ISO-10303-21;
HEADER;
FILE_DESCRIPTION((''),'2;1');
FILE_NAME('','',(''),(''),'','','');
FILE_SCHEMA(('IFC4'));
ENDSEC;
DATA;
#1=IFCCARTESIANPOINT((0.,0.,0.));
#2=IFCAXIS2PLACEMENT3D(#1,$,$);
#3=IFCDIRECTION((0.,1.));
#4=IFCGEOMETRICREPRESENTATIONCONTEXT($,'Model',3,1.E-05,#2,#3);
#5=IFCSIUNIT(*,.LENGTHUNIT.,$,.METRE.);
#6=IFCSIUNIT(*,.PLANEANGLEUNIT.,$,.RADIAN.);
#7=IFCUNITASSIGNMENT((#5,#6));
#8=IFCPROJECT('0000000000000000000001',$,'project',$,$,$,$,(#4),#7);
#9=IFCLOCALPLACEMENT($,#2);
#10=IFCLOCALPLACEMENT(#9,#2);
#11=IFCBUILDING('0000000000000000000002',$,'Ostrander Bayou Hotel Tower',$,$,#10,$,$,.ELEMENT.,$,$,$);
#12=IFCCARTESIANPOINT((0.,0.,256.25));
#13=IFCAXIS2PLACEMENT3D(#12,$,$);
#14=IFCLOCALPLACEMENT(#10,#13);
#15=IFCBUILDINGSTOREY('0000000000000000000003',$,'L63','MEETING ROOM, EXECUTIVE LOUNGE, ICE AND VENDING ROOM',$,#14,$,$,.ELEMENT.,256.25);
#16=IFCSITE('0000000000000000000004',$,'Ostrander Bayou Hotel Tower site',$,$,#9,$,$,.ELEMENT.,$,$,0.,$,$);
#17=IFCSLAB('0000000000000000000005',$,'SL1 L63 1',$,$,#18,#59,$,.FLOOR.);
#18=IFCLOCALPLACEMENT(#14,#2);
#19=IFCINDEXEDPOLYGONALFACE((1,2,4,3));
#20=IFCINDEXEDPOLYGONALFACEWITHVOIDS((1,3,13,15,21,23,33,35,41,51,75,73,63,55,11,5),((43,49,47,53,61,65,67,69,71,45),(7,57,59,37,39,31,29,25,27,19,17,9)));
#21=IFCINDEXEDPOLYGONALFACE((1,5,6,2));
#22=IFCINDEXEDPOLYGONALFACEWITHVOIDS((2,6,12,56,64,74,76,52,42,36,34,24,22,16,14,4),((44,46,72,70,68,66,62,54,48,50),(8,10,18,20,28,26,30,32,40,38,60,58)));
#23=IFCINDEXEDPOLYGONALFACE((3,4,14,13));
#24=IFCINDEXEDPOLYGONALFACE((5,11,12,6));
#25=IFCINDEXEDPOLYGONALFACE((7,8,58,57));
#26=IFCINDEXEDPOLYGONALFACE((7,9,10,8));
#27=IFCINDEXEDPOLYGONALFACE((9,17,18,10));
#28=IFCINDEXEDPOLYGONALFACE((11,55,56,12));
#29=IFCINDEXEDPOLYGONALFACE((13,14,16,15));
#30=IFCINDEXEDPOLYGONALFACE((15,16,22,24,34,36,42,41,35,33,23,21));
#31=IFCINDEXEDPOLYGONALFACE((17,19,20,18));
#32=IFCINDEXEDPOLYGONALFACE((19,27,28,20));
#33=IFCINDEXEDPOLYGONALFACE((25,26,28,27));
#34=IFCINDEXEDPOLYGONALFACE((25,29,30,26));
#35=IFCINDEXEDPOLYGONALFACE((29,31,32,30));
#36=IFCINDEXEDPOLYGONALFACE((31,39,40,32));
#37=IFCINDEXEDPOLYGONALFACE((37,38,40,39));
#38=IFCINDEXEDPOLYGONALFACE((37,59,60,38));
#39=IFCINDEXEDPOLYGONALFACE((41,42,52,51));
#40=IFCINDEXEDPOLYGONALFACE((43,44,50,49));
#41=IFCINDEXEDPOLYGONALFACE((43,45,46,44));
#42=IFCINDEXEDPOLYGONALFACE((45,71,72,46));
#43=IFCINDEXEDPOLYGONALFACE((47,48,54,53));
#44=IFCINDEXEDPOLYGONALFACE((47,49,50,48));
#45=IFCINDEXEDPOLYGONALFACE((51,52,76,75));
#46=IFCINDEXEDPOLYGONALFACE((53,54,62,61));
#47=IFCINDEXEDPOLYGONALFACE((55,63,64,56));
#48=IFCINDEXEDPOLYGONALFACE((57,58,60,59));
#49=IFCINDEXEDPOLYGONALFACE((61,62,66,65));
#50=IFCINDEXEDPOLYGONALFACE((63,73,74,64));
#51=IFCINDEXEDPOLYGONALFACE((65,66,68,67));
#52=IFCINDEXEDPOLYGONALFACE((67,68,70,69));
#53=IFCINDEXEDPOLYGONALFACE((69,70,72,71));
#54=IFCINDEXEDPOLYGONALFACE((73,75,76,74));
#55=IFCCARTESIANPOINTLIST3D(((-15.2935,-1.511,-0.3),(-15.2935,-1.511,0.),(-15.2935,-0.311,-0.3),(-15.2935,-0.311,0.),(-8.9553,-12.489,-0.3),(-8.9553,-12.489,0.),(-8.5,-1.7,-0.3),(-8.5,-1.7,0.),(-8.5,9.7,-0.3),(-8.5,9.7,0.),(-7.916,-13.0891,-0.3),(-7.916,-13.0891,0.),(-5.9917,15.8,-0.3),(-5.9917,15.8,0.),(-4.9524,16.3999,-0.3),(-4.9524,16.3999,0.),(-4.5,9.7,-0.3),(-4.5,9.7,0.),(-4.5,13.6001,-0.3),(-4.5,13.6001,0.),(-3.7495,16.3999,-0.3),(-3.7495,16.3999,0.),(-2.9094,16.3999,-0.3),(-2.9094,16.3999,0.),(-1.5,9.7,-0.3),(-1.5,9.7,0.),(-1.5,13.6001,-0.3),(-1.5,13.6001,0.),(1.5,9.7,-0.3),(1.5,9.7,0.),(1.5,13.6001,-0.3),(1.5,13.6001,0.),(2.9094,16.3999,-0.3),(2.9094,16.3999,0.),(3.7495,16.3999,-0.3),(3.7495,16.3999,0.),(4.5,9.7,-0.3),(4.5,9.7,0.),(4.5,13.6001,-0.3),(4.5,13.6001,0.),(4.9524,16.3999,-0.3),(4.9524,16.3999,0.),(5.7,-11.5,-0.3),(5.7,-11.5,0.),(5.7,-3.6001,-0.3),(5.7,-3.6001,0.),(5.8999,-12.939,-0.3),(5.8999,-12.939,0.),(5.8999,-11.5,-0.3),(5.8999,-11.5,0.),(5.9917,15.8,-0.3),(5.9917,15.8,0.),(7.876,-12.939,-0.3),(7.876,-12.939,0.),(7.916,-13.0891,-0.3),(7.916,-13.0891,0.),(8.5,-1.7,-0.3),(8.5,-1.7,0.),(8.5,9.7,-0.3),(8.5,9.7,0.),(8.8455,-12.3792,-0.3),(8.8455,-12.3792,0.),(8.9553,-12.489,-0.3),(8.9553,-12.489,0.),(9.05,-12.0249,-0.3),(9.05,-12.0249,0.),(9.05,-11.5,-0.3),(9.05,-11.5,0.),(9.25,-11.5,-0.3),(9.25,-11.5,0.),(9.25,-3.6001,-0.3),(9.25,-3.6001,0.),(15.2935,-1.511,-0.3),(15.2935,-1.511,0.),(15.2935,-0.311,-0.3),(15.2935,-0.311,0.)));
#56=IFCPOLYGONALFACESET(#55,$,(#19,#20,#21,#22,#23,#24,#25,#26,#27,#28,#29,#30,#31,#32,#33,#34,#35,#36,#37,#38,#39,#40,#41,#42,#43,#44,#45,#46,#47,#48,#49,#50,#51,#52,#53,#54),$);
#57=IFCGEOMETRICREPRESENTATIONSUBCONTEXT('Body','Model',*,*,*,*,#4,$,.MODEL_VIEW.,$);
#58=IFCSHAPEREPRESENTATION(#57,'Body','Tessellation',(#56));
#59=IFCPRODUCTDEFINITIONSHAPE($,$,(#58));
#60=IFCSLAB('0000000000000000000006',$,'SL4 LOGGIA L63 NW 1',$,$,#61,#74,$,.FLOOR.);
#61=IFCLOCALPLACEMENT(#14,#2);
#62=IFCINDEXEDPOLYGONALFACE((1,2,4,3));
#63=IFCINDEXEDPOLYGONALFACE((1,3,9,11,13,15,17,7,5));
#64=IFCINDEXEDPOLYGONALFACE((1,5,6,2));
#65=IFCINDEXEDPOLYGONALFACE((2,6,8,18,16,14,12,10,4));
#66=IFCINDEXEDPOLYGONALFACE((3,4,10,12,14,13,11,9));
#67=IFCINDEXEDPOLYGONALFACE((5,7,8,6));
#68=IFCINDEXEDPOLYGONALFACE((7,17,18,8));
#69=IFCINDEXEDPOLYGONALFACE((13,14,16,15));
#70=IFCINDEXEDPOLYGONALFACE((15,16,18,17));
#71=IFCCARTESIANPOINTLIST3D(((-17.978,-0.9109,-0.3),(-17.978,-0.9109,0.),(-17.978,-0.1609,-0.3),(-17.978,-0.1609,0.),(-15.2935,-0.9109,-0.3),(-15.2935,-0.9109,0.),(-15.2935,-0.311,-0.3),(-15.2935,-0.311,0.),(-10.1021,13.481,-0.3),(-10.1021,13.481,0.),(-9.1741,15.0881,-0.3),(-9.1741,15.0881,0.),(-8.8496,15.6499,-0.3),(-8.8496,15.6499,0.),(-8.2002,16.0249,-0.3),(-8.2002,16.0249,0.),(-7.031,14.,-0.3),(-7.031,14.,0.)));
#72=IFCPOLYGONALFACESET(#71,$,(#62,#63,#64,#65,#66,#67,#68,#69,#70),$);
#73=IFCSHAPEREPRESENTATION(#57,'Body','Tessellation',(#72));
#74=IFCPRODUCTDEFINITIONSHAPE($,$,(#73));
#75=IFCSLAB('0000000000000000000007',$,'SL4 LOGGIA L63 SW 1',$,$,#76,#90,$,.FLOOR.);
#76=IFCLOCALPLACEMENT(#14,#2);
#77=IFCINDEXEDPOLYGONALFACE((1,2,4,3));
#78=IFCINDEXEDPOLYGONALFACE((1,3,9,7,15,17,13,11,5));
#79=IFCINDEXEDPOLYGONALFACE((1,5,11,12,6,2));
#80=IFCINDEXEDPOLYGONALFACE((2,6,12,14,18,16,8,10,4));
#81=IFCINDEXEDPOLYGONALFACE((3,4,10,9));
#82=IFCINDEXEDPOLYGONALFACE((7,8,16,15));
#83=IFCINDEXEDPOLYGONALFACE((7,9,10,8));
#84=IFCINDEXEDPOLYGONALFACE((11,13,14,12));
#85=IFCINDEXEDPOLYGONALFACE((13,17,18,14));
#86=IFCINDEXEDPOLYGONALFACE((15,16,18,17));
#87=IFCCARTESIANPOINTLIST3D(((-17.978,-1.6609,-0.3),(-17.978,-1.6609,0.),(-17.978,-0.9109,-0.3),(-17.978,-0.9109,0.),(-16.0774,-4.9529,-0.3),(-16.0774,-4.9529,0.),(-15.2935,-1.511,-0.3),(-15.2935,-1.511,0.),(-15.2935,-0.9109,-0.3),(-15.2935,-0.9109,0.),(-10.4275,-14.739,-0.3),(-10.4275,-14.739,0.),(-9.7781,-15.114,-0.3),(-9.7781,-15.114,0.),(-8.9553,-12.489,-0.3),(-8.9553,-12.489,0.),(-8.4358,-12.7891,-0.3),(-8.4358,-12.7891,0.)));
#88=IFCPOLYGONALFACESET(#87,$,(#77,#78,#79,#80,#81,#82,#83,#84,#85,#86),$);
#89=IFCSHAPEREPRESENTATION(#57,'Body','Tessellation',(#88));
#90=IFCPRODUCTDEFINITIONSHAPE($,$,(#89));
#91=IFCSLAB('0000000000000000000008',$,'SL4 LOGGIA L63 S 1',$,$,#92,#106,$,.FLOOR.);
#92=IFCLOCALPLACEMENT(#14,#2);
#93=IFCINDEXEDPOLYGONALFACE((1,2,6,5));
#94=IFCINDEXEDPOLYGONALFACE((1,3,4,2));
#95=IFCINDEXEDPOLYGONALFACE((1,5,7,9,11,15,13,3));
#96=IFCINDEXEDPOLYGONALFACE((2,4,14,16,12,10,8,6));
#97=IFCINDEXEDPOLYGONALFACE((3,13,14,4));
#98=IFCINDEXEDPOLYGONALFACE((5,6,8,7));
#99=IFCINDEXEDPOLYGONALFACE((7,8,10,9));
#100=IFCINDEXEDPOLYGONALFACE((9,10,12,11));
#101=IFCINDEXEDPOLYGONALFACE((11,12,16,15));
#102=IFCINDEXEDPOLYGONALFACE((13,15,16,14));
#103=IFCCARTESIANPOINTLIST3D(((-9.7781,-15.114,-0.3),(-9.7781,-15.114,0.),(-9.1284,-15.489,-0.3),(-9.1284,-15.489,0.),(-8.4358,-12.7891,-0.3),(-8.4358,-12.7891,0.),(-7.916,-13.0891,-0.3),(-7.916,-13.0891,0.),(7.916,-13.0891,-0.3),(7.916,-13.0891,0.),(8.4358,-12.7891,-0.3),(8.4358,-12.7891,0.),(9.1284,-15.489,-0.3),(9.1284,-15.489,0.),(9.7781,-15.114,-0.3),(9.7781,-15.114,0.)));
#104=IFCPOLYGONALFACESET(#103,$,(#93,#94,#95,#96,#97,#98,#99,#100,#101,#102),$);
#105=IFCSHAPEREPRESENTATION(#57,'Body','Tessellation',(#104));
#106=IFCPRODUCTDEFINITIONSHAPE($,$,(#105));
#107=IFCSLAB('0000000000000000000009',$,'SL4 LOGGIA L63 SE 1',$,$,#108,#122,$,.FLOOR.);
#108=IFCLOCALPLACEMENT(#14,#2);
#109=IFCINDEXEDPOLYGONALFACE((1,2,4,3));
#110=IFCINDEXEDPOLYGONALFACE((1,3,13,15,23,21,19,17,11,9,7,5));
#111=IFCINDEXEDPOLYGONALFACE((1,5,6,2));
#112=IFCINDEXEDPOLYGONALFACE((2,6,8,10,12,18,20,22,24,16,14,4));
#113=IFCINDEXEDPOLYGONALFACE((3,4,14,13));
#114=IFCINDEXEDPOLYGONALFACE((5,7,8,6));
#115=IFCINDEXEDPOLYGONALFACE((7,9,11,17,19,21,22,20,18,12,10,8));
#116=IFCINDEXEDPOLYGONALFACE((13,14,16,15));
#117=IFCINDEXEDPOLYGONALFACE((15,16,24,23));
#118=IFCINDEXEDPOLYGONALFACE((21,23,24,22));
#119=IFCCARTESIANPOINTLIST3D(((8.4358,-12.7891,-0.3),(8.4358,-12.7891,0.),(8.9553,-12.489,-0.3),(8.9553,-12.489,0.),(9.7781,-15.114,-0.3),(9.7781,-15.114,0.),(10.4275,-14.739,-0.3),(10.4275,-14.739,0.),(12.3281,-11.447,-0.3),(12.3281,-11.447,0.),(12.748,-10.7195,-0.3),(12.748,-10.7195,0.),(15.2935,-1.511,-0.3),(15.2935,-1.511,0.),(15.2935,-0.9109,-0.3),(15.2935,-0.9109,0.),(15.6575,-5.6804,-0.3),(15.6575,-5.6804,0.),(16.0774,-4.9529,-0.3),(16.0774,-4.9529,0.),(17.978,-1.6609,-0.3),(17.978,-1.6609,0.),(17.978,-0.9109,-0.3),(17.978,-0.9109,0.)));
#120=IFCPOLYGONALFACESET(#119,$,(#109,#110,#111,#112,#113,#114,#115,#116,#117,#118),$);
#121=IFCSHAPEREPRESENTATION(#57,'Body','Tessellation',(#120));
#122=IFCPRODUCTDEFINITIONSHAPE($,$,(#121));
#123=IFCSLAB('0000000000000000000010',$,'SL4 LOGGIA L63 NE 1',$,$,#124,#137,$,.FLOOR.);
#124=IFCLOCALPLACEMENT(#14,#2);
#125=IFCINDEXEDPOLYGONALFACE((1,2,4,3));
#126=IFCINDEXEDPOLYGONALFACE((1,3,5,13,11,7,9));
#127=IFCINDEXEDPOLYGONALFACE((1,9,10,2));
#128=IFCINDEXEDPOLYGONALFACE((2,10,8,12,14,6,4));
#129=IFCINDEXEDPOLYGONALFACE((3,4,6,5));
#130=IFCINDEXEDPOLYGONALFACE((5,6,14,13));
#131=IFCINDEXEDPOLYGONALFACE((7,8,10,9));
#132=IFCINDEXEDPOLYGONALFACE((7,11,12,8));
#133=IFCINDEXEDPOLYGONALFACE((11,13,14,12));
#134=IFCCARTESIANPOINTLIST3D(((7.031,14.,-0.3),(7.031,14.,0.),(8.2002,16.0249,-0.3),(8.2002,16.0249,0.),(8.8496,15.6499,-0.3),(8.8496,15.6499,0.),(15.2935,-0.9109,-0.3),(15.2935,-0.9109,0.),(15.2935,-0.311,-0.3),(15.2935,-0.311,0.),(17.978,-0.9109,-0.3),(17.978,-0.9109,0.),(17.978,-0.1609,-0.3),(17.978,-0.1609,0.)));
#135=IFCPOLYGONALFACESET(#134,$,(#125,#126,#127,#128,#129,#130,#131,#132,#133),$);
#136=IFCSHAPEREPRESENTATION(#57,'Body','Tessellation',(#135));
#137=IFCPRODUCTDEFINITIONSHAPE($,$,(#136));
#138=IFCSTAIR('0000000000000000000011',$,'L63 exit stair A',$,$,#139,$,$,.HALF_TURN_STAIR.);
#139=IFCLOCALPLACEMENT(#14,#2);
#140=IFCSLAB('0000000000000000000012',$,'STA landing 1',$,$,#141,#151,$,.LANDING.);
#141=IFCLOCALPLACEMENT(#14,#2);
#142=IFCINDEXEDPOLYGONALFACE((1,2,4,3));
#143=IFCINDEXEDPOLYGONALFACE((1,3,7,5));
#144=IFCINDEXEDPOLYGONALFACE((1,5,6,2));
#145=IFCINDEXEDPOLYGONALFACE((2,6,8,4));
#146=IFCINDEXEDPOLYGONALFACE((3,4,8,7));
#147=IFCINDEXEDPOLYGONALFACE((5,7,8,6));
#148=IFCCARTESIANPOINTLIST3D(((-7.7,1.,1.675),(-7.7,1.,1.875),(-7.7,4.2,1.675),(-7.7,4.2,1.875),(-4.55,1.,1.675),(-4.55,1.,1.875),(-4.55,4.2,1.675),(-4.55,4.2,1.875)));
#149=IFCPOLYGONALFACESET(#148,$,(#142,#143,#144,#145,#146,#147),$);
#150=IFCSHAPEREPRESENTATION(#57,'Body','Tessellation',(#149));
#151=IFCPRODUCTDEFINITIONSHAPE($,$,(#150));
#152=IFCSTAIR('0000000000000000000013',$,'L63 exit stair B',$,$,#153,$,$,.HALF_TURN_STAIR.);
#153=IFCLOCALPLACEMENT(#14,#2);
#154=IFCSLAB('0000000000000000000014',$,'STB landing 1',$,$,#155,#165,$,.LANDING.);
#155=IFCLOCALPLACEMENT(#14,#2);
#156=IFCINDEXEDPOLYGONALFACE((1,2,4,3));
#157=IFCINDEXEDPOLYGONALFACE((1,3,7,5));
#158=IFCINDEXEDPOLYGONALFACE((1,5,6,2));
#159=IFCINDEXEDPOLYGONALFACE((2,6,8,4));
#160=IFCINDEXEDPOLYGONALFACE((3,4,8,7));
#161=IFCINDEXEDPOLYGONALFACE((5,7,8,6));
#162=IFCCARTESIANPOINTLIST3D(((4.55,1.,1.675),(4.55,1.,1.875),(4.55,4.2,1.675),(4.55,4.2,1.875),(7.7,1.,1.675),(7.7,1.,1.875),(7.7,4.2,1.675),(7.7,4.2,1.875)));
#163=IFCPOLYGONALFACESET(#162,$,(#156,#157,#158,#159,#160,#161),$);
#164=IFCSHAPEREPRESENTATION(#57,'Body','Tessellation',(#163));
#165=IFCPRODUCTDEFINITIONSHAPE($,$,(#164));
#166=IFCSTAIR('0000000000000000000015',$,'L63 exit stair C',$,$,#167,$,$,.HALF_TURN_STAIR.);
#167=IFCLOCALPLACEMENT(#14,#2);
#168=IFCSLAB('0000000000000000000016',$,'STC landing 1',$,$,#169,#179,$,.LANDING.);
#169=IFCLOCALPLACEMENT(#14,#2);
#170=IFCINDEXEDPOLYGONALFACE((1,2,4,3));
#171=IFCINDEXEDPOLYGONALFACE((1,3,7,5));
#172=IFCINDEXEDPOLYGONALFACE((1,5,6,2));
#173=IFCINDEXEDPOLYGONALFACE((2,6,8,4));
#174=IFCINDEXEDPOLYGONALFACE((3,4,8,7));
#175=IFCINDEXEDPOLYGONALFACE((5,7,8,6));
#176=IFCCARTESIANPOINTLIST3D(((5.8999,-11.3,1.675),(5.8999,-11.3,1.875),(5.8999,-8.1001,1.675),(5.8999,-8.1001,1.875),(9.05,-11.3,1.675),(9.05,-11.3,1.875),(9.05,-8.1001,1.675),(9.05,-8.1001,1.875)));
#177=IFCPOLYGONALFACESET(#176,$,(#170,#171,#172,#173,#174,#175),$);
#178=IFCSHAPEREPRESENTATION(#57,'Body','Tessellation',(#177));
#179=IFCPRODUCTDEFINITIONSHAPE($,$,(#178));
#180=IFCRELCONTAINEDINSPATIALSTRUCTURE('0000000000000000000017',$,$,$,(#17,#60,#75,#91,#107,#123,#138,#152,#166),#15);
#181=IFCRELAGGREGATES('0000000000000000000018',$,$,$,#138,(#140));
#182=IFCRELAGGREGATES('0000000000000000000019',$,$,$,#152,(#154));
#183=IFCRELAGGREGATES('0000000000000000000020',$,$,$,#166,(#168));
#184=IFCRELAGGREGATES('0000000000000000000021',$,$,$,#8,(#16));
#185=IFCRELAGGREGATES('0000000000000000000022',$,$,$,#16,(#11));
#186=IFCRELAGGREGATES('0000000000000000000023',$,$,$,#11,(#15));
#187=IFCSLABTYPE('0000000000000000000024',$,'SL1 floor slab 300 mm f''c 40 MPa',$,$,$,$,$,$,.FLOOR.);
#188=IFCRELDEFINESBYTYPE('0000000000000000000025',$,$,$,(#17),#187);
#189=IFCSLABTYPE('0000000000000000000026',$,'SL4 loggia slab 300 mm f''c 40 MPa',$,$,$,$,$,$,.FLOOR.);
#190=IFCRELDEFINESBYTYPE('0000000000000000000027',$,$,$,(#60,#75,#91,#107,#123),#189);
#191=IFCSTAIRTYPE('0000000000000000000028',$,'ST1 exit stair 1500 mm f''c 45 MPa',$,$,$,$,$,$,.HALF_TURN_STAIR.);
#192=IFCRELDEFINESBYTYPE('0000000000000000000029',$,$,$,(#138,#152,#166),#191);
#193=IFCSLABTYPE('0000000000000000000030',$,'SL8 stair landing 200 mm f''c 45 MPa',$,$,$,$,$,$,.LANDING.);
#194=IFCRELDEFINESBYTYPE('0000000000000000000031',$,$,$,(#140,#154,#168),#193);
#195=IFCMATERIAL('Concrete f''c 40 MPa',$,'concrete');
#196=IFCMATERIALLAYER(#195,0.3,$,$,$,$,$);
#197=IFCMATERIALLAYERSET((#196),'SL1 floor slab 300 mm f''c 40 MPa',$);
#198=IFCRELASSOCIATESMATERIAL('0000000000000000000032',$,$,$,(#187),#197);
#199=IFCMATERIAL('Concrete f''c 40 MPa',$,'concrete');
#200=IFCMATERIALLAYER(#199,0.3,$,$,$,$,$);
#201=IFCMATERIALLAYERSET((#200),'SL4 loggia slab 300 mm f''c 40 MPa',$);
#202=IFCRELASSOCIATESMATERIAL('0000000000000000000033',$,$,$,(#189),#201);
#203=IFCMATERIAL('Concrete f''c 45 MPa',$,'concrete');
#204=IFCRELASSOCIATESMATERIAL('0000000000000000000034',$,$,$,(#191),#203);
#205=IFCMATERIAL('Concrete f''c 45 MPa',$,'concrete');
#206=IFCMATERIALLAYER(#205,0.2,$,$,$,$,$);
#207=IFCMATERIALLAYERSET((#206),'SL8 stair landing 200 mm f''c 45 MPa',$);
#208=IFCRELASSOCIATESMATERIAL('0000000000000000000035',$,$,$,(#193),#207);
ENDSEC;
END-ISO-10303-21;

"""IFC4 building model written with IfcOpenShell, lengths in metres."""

from ifc_helpers import new_model, si_unit, direction, frame, origin, place, context, subcontext, project, spatial, polyline, outline, extrude, material, layer, layer_set, type_object, element, aggregate, save


model = new_model("IFC4")

# Units and contexts
model_context = context("Model", 3, precision=1e-05, world=origin(), true_north=direction((0.0, 1.0)))
body_context = subcontext(model_context, "Body", "Model", "MODEL_VIEW")
ifc_project = project(units=[si_unit("LENGTHUNIT", "METRE"), si_unit("PLANEANGLEUNIT", "RADIAN")], contexts=[model_context])

# Site, building, storey
site_placement = place(None, origin())
site = spatial("IfcSite", under=ifc_project, at=site_placement, Name="Ostrander Bayou Hotel Tower site", CompositionType="ELEMENT", RefElevation=0.0)
building_placement = place(site_placement, origin())
building = spatial("IfcBuilding", under=site, at=building_placement, Name="Ostrander Bayou Hotel Tower", CompositionType="ELEMENT")
storey_placement = place(building_placement, frame((0.0, 0.0, 256.25)))
storey = spatial("IfcBuildingStorey", under=building, at=storey_placement, Name="L63", Description="MEETING ROOM, EXECUTIVE LOUNGE, ICE AND VENDING ROOM", CompositionType="ELEMENT", Elevation=256.25)

# Slabs
ifc_material_1 = material(Name="Concrete f'c 40 MPa", Category="concrete")
ifc_layer_1 = layer(ifc_material_1, 0.3)
ifc_layer_set_1 = layer_set([ifc_layer_1], Name="SL1 floor slab 300 mm f'c 40 MPa")
slab_type_1 = type_object("IfcSlabType", Name="SL1 floor slab 300 mm f'c 40 MPa", PredefinedType="FLOOR", material=ifc_layer_set_1)
slab_1_placement = place(storey_placement, frame((0.0, 0.0, -0.3)))
element("IfcSlab", 1, at=slab_1_placement, inside=storey, type_object=slab_type_1, Name="SL1 L63 1", PredefinedType="FLOOR", context=body_context, shape_type="SweptSolid", body=[
    extrude(outline(polyline([(-2.9094, 16.3999), (2.9094, 16.3999), (3.7495, 16.3999), (4.9524, 16.3999), (5.9917, 15.8), (15.2935, -0.311), (15.2935, -1.511), (8.9553, -12.489), (7.916, -13.0891), (-7.916, -13.0891), (-8.9553, -12.489), (-15.2935, -1.511), (-15.2935, -0.311), (-5.9917, 15.8), (-4.9524, 16.3999), (-3.7495, 16.3999), (-2.9094, 16.3999)]), holes=[polyline([(9.05, -12.0249), (9.05, -11.5), (9.25, -11.5), (9.25, -3.6001), (5.7, -3.6001), (5.7, -11.5), (5.8999, -11.5), (5.8999, -12.939), (7.876, -12.939), (8.8455, -12.3792), (9.05, -12.0249)]), polyline([(-8.5, -1.7), (8.5, -1.7), (8.5, 9.7), (4.5, 9.7), (4.5, 13.6001), (1.5, 13.6001), (1.5, 9.7), (-1.5, 9.7), (-1.5, 13.6001), (-4.5, 13.6001), (-4.5, 9.7), (-8.5, 9.7), (-8.5, -1.7)])]), origin(), (0.0, 0.0, 1.0), 0.3),
])
ifc_material_2 = material(Name="Concrete f'c 40 MPa", Category="concrete")
ifc_layer_2 = layer(ifc_material_2, 0.3)
ifc_layer_set_2 = layer_set([ifc_layer_2], Name="SL4 loggia slab 300 mm f'c 40 MPa")
slab_type_2 = type_object("IfcSlabType", Name="SL4 loggia slab 300 mm f'c 40 MPa", PredefinedType="FLOOR", material=ifc_layer_set_2)
slab_2_placement = place(storey_placement, frame((0.0, 0.0, -0.3)))
element("IfcSlab", 2, at=slab_2_placement, inside=storey, type_object=slab_type_2, Name="SL4 LOGGIA L63 NW 1", PredefinedType="FLOOR", context=body_context, shape_type="SweptSolid", body=[
    extrude(outline(polyline([(-17.978, -0.9109), (-17.978, -0.1609), (-10.1021, 13.481), (-9.1741, 15.0881), (-8.8496, 15.6499), (-8.2002, 16.0249), (-7.031, 14.0), (-15.2935, -0.311), (-15.2935, -0.9109), (-17.978, -0.9109)])), origin(), (0.0, 0.0, 1.0), 0.3),
])
slab_3_placement = place(storey_placement, frame((0.0, 0.0, -0.3)))
element("IfcSlab", 3, at=slab_3_placement, inside=storey, type_object=slab_type_2, Name="SL4 LOGGIA L63 SW 1", PredefinedType="FLOOR", context=body_context, shape_type="SweptSolid", body=[
    extrude(outline(polyline([(-8.4358, -12.7891), (-9.7781, -15.114), (-10.4275, -14.739), (-16.0774, -4.9529), (-17.978, -1.6609), (-17.978, -0.9109), (-15.2935, -0.9109), (-15.2935, -1.511), (-8.9553, -12.489), (-8.4358, -12.7891)])), origin(), (0.0, 0.0, 1.0), 0.3),
])
slab_4_placement = place(storey_placement, frame((0.0, 0.0, -0.3)))
element("IfcSlab", 4, at=slab_4_placement, inside=storey, type_object=slab_type_2, Name="SL4 LOGGIA L63 S 1", PredefinedType="FLOOR", context=body_context, shape_type="SweptSolid", body=[
    extrude(outline(polyline([(8.4358, -12.7891), (9.7781, -15.114), (9.1284, -15.489), (-9.1284, -15.489), (-9.7781, -15.114), (-8.4358, -12.7891), (-7.916, -13.0891), (7.916, -13.0891), (8.4358, -12.7891)])), origin(), (0.0, 0.0, 1.0), 0.3),
])
slab_5_placement = place(storey_placement, frame((0.0, 0.0, -0.3)))
element("IfcSlab", 5, at=slab_5_placement, inside=storey, type_object=slab_type_2, Name="SL4 LOGGIA L63 SE 1", PredefinedType="FLOOR", context=body_context, shape_type="SweptSolid", body=[
    extrude(outline(polyline([(15.2935, -0.9109), (17.978, -0.9109), (17.978, -1.6609), (16.0774, -4.9529), (15.6575, -5.6804), (12.748, -10.7195), (12.3281, -11.447), (10.4275, -14.739), (9.7781, -15.114), (8.4358, -12.7891), (8.9553, -12.489), (15.2935, -1.511), (15.2935, -0.9109)])), origin(), (0.0, 0.0, 1.0), 0.3),
])
slab_6_placement = place(storey_placement, frame((0.0, 0.0, -0.3)))
element("IfcSlab", 6, at=slab_6_placement, inside=storey, type_object=slab_type_2, Name="SL4 LOGGIA L63 NE 1", PredefinedType="FLOOR", context=body_context, shape_type="SweptSolid", body=[
    extrude(outline(polyline([(8.2002, 16.0249), (8.8496, 15.6499), (17.978, -0.1609), (17.978, -0.9109), (15.2935, -0.9109), (15.2935, -0.311), (7.031, 14.0), (8.2002, 16.0249)])), origin(), (0.0, 0.0, 1.0), 0.3),
])

# Stairs, slabs
ifc_material_3 = material(Name="Concrete f'c 45 MPa", Category="concrete")
stair_type = type_object("IfcStairType", Name="ST1 exit stair 1500 mm f'c 45 MPa", PredefinedType="HALF_TURN_STAIR", material=ifc_material_3)
stair_1_placement = place(storey_placement, origin())
stair_1 = element("IfcStair", 7, at=stair_1_placement, inside=storey, type_object=stair_type, Name="L63 exit stair A", PredefinedType="HALF_TURN_STAIR")
ifc_material_4 = material(Name="Concrete f'c 45 MPa", Category="concrete")
ifc_layer_3 = layer(ifc_material_4, 0.2)
ifc_layer_set_3 = layer_set([ifc_layer_3], Name="SL8 stair landing 200 mm f'c 45 MPa")
slab_type_3 = type_object("IfcSlabType", Name="SL8 stair landing 200 mm f'c 45 MPa", PredefinedType="LANDING", material=ifc_layer_set_3)
slab_7_placement = place(storey_placement, frame((0.0, 0.0, 1.675)))
slab_7 = element("IfcSlab", 8, at=slab_7_placement, type_object=slab_type_3, Name="STA landing 1", PredefinedType="LANDING", context=body_context, shape_type="SweptSolid", body=[
    extrude(outline(polyline([(-7.7, 4.2), (-7.7, 1.0), (-4.55, 1.0), (-4.55, 4.2), (-7.7, 4.2)])), origin(), (0.0, 0.0, 1.0), 0.2),
])
aggregate(stair_1, [slab_7])
stair_2_placement = place(storey_placement, origin())
stair_2 = element("IfcStair", 9, at=stair_2_placement, inside=storey, type_object=stair_type, Name="L63 exit stair B", PredefinedType="HALF_TURN_STAIR")
slab_8_placement = place(storey_placement, frame((0.0, 0.0, 1.675)))
slab_8 = element("IfcSlab", 10, at=slab_8_placement, type_object=slab_type_3, Name="STB landing 1", PredefinedType="LANDING", context=body_context, shape_type="SweptSolid", body=[
    extrude(outline(polyline([(4.55, 4.2), (4.55, 1.0), (7.7, 1.0), (7.7, 4.2), (4.55, 4.2)])), origin(), (0.0, 0.0, 1.0), 0.2),
])
aggregate(stair_2, [slab_8])
stair_3_placement = place(storey_placement, origin())
stair_3 = element("IfcStair", 11, at=stair_3_placement, inside=storey, type_object=stair_type, Name="L63 exit stair C", PredefinedType="HALF_TURN_STAIR")
slab_9_placement = place(storey_placement, frame((0.0, 0.0, 1.675)))
slab_9 = element("IfcSlab", 12, at=slab_9_placement, type_object=slab_type_3, Name="STC landing 1", PredefinedType="LANDING", context=body_context, shape_type="SweptSolid", body=[
    extrude(outline(polyline([(5.8999, -8.1001), (5.8999, -11.3), (9.05, -11.3), (9.05, -8.1001), (5.8999, -8.1001)])), origin(), (0.0, 0.0, 1.0), 0.2),
])
aggregate(stair_3, [slab_9])

save(model, "model.ifc")
